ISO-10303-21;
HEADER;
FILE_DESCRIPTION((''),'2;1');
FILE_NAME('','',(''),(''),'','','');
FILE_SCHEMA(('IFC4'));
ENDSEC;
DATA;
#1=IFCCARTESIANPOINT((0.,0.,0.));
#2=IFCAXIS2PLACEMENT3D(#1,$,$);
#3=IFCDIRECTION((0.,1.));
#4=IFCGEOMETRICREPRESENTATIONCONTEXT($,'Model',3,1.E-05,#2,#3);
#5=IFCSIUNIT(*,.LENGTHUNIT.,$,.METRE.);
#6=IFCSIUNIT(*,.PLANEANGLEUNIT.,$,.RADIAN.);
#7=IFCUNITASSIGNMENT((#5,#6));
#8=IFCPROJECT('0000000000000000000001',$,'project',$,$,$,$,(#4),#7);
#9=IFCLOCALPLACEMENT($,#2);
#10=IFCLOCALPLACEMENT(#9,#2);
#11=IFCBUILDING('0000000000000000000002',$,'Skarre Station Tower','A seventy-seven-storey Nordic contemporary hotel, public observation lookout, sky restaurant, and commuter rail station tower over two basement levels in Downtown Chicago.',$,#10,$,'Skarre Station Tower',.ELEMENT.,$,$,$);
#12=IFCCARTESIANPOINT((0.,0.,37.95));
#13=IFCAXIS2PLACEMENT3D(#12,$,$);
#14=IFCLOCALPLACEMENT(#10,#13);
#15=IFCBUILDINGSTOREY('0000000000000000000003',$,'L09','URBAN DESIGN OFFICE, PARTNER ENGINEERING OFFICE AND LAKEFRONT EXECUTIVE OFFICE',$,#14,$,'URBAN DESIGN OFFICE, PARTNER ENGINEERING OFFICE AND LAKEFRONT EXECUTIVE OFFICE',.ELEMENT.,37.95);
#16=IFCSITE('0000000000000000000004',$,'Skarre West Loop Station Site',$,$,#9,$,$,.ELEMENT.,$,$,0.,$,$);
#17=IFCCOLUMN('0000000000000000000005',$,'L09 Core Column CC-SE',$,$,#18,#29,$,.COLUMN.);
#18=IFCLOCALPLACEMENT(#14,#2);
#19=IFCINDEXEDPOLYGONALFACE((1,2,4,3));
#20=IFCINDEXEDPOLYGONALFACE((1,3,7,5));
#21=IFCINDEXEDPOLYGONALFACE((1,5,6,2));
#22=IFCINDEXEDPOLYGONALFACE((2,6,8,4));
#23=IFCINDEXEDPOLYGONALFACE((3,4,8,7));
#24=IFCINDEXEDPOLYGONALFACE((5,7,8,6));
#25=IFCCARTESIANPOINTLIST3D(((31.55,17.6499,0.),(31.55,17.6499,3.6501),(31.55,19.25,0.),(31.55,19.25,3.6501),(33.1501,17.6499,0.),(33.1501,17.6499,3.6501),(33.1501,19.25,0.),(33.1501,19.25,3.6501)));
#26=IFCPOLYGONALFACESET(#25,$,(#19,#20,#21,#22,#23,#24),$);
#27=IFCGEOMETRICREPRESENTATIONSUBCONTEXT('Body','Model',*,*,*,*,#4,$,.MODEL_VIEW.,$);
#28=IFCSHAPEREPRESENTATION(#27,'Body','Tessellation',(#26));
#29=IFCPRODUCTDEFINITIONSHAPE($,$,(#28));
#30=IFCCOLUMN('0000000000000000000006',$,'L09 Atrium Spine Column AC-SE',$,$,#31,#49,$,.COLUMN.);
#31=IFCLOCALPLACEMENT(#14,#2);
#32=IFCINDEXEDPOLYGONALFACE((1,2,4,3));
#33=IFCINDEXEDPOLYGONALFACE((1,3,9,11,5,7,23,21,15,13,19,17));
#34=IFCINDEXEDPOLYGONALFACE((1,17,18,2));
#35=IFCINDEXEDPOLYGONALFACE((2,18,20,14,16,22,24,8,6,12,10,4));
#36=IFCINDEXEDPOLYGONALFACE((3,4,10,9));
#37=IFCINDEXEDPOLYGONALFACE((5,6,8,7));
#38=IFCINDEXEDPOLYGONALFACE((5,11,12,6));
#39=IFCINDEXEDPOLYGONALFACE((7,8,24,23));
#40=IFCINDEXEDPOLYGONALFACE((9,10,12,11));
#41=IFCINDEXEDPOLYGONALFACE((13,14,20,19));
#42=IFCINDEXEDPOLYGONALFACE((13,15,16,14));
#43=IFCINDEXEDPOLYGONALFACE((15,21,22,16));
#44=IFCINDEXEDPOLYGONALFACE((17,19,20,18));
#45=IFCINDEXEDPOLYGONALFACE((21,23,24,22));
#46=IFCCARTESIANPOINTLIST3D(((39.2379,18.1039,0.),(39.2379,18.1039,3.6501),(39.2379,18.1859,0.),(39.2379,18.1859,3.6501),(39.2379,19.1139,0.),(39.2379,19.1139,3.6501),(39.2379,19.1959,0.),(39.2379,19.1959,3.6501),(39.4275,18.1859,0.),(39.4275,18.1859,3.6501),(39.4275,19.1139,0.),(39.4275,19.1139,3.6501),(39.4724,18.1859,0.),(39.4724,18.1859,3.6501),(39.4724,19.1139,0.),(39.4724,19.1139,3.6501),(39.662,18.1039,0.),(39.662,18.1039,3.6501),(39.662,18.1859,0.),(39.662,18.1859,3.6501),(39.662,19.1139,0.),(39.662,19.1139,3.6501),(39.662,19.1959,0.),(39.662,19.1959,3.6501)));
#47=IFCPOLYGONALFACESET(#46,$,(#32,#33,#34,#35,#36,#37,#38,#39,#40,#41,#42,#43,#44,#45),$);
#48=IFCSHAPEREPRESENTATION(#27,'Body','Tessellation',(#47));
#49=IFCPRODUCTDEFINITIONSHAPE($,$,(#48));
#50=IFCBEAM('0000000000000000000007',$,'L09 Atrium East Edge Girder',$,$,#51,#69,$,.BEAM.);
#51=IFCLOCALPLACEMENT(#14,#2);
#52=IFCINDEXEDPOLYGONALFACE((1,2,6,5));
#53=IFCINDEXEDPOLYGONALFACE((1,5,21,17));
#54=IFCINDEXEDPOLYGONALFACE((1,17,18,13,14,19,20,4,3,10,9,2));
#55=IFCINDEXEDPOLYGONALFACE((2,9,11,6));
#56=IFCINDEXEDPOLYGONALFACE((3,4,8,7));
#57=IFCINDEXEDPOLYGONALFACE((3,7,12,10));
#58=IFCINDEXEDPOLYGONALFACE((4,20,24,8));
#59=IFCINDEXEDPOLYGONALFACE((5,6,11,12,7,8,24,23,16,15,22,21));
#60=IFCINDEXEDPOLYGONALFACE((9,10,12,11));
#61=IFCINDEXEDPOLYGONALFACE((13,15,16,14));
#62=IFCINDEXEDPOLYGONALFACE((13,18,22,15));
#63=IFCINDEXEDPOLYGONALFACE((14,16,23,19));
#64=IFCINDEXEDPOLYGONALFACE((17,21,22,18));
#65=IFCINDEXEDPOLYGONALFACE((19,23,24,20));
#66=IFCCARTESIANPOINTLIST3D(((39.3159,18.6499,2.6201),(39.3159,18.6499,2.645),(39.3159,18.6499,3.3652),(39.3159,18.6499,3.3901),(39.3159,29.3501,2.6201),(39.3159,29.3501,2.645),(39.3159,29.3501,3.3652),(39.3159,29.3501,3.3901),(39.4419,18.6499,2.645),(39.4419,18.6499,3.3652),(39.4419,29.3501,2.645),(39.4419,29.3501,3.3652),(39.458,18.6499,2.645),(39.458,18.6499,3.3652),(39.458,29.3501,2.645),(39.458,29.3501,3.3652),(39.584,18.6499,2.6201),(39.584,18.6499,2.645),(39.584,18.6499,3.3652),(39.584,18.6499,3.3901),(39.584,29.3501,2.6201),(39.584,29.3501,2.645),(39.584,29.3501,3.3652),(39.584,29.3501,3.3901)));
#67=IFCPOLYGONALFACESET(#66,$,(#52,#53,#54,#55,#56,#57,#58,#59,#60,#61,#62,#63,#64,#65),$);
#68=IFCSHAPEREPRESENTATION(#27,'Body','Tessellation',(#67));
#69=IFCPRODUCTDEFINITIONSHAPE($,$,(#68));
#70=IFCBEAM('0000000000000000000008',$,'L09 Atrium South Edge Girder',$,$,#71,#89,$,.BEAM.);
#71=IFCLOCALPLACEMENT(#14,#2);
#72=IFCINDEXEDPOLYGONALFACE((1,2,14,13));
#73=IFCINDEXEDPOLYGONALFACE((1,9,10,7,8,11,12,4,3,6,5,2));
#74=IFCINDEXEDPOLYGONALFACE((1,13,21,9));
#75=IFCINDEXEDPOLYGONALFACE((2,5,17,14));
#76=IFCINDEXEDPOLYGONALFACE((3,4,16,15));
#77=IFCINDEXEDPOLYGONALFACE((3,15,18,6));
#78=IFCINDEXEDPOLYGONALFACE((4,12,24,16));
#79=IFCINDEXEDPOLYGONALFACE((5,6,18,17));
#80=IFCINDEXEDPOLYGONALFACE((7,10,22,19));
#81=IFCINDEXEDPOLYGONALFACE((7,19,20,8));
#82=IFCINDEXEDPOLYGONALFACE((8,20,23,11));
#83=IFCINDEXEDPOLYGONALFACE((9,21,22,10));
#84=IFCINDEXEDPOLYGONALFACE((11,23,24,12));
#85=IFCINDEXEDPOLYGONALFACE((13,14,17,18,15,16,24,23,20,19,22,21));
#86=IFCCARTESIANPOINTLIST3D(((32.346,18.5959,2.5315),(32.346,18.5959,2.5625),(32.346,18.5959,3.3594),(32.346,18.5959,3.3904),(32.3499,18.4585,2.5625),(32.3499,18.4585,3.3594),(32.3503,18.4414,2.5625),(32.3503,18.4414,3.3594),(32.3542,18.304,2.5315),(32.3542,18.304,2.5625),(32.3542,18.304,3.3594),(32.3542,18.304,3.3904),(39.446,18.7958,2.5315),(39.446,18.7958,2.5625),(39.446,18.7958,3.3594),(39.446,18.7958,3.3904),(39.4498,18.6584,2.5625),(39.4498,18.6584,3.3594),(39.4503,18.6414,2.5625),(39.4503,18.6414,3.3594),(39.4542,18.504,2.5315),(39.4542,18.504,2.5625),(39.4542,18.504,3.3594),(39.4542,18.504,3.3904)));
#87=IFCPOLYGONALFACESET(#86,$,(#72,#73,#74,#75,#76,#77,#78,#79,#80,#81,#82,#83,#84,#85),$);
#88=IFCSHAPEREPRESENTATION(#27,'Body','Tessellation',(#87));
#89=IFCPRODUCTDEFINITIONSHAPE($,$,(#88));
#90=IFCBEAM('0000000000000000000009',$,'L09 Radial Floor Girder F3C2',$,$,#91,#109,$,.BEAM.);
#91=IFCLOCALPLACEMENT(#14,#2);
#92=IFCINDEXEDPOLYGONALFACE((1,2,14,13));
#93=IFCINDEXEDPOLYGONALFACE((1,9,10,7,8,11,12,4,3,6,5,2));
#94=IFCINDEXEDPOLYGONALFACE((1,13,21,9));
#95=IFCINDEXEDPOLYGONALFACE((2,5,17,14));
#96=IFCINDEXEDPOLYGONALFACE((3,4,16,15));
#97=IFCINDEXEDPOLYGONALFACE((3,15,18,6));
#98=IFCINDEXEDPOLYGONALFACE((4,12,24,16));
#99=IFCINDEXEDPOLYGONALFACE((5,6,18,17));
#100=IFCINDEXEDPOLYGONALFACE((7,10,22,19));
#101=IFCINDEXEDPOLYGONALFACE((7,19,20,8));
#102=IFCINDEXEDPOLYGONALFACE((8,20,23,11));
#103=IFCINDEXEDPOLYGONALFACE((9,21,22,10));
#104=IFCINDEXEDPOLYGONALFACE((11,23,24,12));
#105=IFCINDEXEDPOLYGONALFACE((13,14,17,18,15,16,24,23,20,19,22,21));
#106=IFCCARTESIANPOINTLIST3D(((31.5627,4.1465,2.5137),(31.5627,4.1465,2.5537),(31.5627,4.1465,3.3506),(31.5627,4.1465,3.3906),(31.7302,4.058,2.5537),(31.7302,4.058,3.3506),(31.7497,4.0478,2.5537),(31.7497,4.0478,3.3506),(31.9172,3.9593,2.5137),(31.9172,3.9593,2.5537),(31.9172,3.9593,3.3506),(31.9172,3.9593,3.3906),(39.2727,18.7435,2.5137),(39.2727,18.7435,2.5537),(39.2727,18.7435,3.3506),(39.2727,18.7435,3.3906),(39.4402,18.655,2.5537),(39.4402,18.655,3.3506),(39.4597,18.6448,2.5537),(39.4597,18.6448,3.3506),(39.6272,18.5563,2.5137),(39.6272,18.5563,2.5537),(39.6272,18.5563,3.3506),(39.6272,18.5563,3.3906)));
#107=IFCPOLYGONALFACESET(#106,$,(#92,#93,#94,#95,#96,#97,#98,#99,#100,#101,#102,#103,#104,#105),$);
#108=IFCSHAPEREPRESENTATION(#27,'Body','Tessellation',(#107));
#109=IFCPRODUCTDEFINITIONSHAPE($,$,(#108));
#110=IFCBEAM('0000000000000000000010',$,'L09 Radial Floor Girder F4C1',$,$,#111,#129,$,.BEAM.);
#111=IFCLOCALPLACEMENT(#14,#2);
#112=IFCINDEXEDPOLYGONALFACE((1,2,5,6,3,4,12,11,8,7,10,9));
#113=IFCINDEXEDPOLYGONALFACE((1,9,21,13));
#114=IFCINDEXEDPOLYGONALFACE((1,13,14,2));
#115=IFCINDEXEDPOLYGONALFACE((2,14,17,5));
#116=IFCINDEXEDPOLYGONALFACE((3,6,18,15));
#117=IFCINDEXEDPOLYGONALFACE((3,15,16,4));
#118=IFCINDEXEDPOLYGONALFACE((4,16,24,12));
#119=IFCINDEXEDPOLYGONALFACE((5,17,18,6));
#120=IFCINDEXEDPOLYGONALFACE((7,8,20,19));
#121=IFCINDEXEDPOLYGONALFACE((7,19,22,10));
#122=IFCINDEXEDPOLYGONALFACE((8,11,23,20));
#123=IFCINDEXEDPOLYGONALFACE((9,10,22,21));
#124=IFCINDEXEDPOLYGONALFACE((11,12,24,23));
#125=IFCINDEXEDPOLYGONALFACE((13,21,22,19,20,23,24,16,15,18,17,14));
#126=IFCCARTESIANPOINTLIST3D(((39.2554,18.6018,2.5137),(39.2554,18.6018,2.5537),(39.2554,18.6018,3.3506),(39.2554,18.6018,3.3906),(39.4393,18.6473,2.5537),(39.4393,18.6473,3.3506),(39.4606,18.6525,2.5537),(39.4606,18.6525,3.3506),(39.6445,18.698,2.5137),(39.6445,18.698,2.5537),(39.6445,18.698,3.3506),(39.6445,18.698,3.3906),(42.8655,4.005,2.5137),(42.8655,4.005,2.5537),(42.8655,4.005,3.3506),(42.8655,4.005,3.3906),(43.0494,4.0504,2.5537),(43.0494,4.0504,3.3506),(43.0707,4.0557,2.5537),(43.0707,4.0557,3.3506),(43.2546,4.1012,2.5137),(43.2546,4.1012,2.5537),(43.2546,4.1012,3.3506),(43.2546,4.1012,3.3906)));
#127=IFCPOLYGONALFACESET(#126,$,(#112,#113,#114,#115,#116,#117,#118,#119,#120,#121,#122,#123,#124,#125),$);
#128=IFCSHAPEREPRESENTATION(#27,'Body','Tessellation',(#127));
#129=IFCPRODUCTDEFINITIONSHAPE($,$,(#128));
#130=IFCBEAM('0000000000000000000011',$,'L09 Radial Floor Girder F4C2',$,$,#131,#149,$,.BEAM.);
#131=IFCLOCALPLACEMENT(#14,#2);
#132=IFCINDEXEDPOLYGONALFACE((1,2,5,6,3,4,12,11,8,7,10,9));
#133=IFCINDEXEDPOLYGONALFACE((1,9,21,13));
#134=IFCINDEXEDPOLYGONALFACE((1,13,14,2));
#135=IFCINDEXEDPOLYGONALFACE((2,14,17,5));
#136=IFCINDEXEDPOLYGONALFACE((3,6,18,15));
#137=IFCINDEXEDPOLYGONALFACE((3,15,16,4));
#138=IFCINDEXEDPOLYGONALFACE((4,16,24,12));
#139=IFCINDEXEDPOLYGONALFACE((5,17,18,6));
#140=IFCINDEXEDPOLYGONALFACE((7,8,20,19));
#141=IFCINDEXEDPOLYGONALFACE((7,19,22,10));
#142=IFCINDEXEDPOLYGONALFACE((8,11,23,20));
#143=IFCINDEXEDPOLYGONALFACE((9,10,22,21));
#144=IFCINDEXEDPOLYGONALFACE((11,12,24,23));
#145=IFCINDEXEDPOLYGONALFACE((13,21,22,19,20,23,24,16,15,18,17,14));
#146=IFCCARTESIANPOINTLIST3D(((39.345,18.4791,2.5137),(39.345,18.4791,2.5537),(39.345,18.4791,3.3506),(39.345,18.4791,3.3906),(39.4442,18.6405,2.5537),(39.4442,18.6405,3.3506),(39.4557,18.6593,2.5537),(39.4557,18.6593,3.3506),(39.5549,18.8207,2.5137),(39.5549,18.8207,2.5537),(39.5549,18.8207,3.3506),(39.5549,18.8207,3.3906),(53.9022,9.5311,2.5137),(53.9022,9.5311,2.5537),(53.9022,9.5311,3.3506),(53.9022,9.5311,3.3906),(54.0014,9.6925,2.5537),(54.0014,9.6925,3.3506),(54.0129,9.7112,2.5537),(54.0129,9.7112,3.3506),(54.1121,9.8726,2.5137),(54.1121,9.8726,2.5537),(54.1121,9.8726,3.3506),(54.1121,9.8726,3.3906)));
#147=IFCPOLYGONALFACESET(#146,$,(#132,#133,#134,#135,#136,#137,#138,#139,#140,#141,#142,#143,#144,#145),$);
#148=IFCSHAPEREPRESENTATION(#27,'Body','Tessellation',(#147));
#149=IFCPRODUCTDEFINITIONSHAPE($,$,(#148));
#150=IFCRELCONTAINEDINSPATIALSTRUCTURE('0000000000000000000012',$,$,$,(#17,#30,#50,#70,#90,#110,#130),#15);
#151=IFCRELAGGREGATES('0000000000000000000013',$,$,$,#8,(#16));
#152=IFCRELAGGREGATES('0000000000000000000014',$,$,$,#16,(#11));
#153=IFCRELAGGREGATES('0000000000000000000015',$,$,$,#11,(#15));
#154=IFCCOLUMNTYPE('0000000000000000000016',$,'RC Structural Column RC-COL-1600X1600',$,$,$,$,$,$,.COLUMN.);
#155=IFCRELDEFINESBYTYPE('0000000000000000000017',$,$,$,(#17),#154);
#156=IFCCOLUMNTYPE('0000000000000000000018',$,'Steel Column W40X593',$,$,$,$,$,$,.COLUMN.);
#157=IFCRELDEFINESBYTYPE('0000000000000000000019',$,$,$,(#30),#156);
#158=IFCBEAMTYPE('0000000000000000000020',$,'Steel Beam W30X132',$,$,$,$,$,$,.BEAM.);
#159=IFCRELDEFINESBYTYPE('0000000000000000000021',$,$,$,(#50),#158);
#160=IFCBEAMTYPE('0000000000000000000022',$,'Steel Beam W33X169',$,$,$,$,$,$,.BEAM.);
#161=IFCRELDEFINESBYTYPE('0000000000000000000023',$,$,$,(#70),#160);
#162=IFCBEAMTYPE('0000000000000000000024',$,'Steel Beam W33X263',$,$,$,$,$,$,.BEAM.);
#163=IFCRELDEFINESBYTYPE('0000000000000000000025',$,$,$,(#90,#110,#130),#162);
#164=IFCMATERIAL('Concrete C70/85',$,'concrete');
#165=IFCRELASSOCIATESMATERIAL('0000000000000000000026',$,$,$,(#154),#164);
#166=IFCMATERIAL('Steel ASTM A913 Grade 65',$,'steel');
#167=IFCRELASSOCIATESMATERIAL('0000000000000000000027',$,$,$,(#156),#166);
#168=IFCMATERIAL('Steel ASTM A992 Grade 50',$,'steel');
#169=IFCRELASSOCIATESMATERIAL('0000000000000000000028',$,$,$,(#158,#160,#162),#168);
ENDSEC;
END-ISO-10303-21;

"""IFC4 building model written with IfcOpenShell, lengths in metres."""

from ifc_helpers import new_model, si_unit, direction, frame, origin, origin_2d, place, context, subcontext, project, spatial, rectangle, i_section, extrude, material, material_profile, profile_set, type_object, element, save


model = new_model("IFC4")

# Units and contexts
model_context = context("Model", 3, precision=1e-05, world=origin(), true_north=direction((0.0, 1.0)))
body_context = subcontext(model_context, "Body", "Model", "MODEL_VIEW")
ifc_project = project(units=[si_unit("LENGTHUNIT", "METRE"), si_unit("PLANEANGLEUNIT", "RADIAN")], contexts=[model_context])

# Site, building, storey
site_placement = place(None, origin())
site = spatial("IfcSite", under=ifc_project, at=site_placement, Name="Skarre West Loop Station Site", CompositionType="ELEMENT", RefElevation=0.0)
building_placement = place(site_placement, origin())
building = spatial("IfcBuilding", under=site, at=building_placement, Name="Skarre Station Tower", Description="A seventy-seven-storey Nordic contemporary hotel, public observation lookout, sky restaurant, and commuter rail station tower over two basement levels in Downtown Chicago.", LongName="Skarre Station Tower", CompositionType="ELEMENT")
storey_placement = place(building_placement, frame((0.0, 0.0, 37.95)))
storey = spatial("IfcBuildingStorey", under=building, at=storey_placement, Name="L09", Description="URBAN DESIGN OFFICE, PARTNER ENGINEERING OFFICE AND LAKEFRONT EXECUTIVE OFFICE", LongName="URBAN DESIGN OFFICE, PARTNER ENGINEERING OFFICE AND LAKEFRONT EXECUTIVE OFFICE", CompositionType="ELEMENT", Elevation=37.95)

# Columns
ifc_material_1 = material(Name="Concrete C70/85", Category="concrete")
ifc_material_profile_1 = material_profile(ifc_material_1, rectangle(XDim=1.6001, YDim=1.6001, at=origin_2d()), Name="Concrete C70/85")
ifc_profile_set_1 = profile_set([ifc_material_profile_1], Name="Concrete C70/85")
column_type_1 = type_object("IfcColumnType", Name="RC Structural Column RC-COL-1600X1600", PredefinedType="COLUMN", material=ifc_profile_set_1)
column_1_placement = place(storey_placement, frame((32.3501, 18.45, 0.0), z_axis=(0.0, 0.0, 1.0), x_axis=(1.0, 0.0, 0.0)))
element("IfcColumn", 1, at=column_1_placement, inside=storey, type_object=column_type_1, Name="L09 Core Column CC-SE", PredefinedType="COLUMN", context=body_context, shape_type="SweptSolid", body=[
    extrude(rectangle(XDim=1.6001, YDim=1.6001, at=origin_2d()), origin(), (0.0, 0.0, 1.0), 3.6501),
])
ifc_material_2 = material(Name="Steel ASTM A913 Grade 65", Category="steel")
ifc_material_profile_2 = material_profile(ifc_material_2, i_section(OverallWidth=0.4241, OverallDepth=1.092, WebThickness=0.0449, FlangeThickness=0.082, at=origin_2d()), Name="Steel ASTM A913 Grade 65")
ifc_profile_set_2 = profile_set([ifc_material_profile_2], Name="Steel ASTM A913 Grade 65")
column_type_2 = type_object("IfcColumnType", Name="Steel Column W40X593", PredefinedType="COLUMN", material=ifc_profile_set_2)
column_2_placement = place(storey_placement, frame((39.45, 18.6499, 0.0), z_axis=(0.0, 0.0, 1.0), x_axis=(1.0, 0.0, 0.0)))
element("IfcColumn", 2, at=column_2_placement, inside=storey, type_object=column_type_2, Name="L09 Atrium Spine Column AC-SE", PredefinedType="COLUMN", context=body_context, shape_type="SweptSolid", body=[
    extrude(i_section(OverallWidth=0.4241, OverallDepth=1.092, WebThickness=0.0449, FlangeThickness=0.082, at=origin_2d()), origin(), (0.0, 0.0, 1.0), 3.6501),
])

# Beams
ifc_material_3 = material(Name="Steel ASTM A992 Grade 50", Category="steel")
ifc_material_profile_3 = material_profile(ifc_material_3, i_section(OverallWidth=0.2681, OverallDepth=0.77, WebThickness=0.0161, FlangeThickness=0.0249, at=origin_2d()), Name="Steel ASTM A992 Grade 50")
ifc_profile_set_3 = profile_set([ifc_material_profile_3], Name="Steel ASTM A992 Grade 50")
beam_type_1 = type_object("IfcBeamType", Name="Steel Beam W30X132", PredefinedType="BEAM", material=ifc_profile_set_3)
beam_1_placement = place(storey_placement, frame((39.45, 18.6499, 3.0051), z_axis=(0.0, 1.0, 0.0), x_axis=(-1.0, 0.0, 0.0)))
element("IfcBeam", 3, at=beam_1_placement, inside=storey, type_object=beam_type_1, Name="L09 Atrium East Edge Girder", PredefinedType="BEAM", context=body_context, shape_type="SweptSolid", body=[
    extrude(i_section(OverallWidth=0.2681, OverallDepth=0.77, WebThickness=0.0161, FlangeThickness=0.0249, at=origin_2d()), origin(), (0.0, 0.0, 1.0), 10.7002),
])
ifc_material_profile_4 = material_profile(ifc_material_3, i_section(OverallWidth=0.292, OverallDepth=0.8589, WebThickness=0.0171, FlangeThickness=0.031, at=origin_2d()), Name="Steel ASTM A992 Grade 50")
ifc_profile_set_4 = profile_set([ifc_material_profile_4], Name="Steel ASTM A992 Grade 50")
beam_type_2 = type_object("IfcBeamType", Name="Steel Beam W33X169", PredefinedType="BEAM", material=ifc_profile_set_4)
beam_2_placement = place(storey_placement, frame((32.3501, 18.45, 2.9609), z_axis=(0.999604, 0.028152, 0.0), x_axis=(-0.028152, 0.999604, 0.0)))
element("IfcBeam", 4, at=beam_2_placement, inside=storey, type_object=beam_type_2, Name="L09 Atrium South Edge Girder", PredefinedType="BEAM", context=body_context, shape_type="SweptSolid", body=[
    extrude(i_section(OverallWidth=0.292, OverallDepth=0.8589, WebThickness=0.0171, FlangeThickness=0.031, at=origin_2d()), origin(), (0.0, 0.0, 1.0), 7.1028),
])
ifc_material_profile_5 = material_profile(ifc_material_3, i_section(OverallWidth=0.4009, OverallDepth=0.877, WebThickness=0.022, FlangeThickness=0.04, at=origin_2d()), Name="Steel ASTM A992 Grade 50")
ifc_profile_set_5 = profile_set([ifc_material_profile_5], Name="Steel ASTM A992 Grade 50")
beam_type_3 = type_object("IfcBeamType", Name="Steel Beam W33X263", PredefinedType="BEAM", material=ifc_profile_set_5)
beam_3_placement = place(storey_placement, frame((39.45, 18.6499, 2.9521), z_axis=(-0.467044, -0.884234, 0.0), x_axis=(0.884234, -0.467044, 0.0)))
element("IfcBeam", 5, at=beam_3_placement, inside=storey, type_object=beam_type_3, Name="L09 Radial Floor Girder F3C2", PredefinedType="BEAM", context=body_context, shape_type="SweptSolid", body=[
    extrude(i_section(OverallWidth=0.4009, OverallDepth=0.877, WebThickness=0.022, FlangeThickness=0.04, at=origin_2d()), origin(), (0.0, 0.0, 1.0), 16.5081),
])
beam_4_placement = place(storey_placement, frame((39.45, 18.6499, 2.9521), z_axis=(0.240086, -0.970752, 0.0), x_axis=(0.970752, 0.240086, 0.0)))
element("IfcBeam", 6, at=beam_4_placement, inside=storey, type_object=beam_type_3, Name="L09 Radial Floor Girder F4C1", PredefinedType="BEAM", context=body_context, shape_type="SweptSolid", body=[
    extrude(i_section(OverallWidth=0.4009, OverallDepth=0.877, WebThickness=0.022, FlangeThickness=0.04, at=origin_2d()), origin(), (0.0, 0.0, 1.0), 15.0366),
])
beam_5_placement = place(storey_placement, frame((39.45, 18.6499, 2.9521), z_axis=(0.851926, -0.523663, 0.0), x_axis=(0.523663, 0.851926, 0.0)))
element("IfcBeam", 7, at=beam_5_placement, inside=storey, type_object=beam_type_3, Name="L09 Radial Floor Girder F4C2", PredefinedType="BEAM", context=body_context, shape_type="SweptSolid", body=[
    extrude(i_section(OverallWidth=0.4009, OverallDepth=0.877, WebThickness=0.022, FlangeThickness=0.04, at=origin_2d()), origin(), (0.0, 0.0, 1.0), 17.0874),
])

save(model, "model.ifc")
